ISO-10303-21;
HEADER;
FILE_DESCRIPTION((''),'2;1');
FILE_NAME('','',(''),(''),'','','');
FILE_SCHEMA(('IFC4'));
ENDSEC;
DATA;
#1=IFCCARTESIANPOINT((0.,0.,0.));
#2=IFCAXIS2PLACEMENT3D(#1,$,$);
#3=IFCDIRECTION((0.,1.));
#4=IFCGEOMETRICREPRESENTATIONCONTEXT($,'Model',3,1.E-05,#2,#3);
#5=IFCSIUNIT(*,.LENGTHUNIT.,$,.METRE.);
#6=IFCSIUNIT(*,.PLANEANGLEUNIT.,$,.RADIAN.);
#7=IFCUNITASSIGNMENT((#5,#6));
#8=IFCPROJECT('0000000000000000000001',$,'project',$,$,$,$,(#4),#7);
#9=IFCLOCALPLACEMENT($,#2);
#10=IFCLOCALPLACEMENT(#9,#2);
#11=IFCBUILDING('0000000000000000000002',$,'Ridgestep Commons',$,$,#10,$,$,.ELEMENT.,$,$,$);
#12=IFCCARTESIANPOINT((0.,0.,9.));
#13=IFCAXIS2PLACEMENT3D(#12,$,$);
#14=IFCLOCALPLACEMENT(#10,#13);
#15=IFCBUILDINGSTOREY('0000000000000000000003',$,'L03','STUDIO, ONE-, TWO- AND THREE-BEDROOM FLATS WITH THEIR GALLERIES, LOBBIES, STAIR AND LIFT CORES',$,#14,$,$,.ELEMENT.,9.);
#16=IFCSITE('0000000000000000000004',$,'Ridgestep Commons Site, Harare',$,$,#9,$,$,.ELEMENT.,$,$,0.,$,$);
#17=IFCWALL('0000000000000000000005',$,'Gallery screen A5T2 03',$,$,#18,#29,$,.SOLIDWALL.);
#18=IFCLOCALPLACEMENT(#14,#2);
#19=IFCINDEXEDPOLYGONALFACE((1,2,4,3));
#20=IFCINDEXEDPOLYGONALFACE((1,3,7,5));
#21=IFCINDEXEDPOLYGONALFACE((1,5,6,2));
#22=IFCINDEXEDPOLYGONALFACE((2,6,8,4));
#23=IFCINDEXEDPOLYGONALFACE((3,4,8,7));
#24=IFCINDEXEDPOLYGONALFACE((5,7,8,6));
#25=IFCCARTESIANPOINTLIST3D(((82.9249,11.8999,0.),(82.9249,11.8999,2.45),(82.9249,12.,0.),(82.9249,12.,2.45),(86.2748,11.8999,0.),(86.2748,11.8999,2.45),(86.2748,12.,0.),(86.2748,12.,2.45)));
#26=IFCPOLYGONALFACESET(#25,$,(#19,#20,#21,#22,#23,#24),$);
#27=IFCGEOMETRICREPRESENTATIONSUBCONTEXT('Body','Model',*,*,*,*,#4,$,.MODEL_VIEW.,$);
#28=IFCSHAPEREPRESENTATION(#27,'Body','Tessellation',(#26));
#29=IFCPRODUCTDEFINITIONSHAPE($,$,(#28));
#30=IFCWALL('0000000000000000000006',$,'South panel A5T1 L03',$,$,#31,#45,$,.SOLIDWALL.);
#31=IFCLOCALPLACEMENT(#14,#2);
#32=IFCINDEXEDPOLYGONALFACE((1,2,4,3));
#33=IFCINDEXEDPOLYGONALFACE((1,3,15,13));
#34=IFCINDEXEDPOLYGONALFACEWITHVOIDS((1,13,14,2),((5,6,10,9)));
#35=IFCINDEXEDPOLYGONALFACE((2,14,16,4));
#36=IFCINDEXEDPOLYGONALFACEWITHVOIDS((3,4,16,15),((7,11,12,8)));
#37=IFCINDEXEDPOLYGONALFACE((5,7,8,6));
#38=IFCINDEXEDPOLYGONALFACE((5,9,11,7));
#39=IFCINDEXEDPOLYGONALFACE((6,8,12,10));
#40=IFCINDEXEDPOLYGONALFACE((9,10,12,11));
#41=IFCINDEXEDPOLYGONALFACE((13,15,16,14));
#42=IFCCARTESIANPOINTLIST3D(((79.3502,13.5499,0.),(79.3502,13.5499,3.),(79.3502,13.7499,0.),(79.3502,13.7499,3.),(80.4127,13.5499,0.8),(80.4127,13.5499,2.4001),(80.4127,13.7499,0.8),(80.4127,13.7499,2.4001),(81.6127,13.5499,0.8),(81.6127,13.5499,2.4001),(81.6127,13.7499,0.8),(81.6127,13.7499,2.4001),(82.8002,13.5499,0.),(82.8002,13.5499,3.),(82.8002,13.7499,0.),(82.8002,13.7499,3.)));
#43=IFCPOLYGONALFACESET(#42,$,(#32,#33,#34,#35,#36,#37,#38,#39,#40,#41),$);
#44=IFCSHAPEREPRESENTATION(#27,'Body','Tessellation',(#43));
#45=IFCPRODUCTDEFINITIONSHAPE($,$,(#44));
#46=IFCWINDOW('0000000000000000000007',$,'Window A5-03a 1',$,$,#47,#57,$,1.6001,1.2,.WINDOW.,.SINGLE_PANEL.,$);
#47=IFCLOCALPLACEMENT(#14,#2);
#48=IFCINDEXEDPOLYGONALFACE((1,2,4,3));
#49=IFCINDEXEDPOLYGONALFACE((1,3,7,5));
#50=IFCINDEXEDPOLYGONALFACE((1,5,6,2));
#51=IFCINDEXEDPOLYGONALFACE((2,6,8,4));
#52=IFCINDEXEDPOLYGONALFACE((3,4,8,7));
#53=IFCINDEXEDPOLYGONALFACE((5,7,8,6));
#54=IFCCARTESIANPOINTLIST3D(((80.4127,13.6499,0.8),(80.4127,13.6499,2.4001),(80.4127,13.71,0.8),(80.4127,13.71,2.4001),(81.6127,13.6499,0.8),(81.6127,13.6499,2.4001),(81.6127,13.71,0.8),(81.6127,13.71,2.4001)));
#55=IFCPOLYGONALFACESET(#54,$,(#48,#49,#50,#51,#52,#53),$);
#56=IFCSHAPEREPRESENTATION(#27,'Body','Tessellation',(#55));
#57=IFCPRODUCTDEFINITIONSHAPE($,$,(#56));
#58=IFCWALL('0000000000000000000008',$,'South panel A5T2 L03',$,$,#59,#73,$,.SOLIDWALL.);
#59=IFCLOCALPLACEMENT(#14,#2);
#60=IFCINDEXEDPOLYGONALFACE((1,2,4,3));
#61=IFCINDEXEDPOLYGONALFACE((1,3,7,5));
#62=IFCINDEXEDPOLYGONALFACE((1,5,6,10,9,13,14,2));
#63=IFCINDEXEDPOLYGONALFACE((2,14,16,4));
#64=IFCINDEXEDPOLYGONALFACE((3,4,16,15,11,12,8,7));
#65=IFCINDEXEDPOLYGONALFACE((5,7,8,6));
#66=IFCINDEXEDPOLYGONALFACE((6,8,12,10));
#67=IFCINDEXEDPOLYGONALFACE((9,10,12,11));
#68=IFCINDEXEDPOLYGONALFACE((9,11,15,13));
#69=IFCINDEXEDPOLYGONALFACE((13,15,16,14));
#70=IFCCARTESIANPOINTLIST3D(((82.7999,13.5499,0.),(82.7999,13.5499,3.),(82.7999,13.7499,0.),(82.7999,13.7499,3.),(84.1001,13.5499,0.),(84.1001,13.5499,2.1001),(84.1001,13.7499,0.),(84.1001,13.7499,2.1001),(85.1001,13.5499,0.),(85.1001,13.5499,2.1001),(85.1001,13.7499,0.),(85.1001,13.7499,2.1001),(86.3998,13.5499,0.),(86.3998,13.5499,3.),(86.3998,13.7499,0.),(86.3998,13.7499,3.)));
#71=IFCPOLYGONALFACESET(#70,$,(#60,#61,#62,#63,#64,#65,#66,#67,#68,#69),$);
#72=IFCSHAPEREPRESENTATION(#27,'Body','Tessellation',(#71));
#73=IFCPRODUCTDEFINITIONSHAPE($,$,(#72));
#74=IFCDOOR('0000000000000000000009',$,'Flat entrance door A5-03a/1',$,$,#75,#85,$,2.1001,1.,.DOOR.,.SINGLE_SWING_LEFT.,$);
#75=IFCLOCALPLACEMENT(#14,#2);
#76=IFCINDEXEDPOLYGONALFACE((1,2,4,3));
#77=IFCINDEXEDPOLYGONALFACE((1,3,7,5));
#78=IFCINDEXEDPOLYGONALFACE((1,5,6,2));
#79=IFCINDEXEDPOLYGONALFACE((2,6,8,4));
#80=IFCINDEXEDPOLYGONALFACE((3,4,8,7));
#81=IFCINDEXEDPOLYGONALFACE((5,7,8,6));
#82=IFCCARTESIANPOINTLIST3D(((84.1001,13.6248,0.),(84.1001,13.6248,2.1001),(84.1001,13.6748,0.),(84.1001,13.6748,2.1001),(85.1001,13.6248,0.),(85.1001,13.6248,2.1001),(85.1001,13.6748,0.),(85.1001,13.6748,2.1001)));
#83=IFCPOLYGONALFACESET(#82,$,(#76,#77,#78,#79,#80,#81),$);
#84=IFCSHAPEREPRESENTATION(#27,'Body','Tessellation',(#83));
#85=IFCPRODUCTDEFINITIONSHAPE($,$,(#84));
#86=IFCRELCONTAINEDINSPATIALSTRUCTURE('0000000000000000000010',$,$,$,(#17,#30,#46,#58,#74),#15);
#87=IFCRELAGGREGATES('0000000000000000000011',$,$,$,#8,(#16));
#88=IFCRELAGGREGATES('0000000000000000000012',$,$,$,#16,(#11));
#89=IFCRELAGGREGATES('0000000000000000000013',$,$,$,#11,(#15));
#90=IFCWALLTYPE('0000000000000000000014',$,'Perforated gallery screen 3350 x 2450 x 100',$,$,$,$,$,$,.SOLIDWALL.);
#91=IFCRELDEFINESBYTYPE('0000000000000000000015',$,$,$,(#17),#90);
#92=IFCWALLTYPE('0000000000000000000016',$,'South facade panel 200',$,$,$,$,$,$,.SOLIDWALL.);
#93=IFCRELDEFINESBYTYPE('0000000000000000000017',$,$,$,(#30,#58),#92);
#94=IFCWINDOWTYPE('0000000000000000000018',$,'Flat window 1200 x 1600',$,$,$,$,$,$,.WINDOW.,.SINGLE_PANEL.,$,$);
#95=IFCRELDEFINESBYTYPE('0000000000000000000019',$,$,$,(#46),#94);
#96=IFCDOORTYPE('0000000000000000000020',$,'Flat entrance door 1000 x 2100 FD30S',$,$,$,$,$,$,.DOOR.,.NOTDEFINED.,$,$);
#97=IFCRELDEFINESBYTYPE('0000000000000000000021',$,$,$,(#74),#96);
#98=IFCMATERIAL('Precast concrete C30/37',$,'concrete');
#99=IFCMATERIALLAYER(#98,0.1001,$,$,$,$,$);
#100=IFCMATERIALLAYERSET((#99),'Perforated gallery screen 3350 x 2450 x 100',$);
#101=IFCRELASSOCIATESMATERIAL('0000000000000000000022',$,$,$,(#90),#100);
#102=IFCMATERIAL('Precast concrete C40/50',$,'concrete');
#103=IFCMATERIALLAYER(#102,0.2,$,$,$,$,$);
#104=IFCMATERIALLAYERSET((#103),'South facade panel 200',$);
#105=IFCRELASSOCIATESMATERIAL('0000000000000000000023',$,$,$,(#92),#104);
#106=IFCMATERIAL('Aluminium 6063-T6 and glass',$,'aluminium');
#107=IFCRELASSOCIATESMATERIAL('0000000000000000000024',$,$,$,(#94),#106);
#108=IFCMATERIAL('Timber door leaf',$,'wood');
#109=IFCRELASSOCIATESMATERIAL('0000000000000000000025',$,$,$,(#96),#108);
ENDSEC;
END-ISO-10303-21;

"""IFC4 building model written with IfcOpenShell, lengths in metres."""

from ifc_helpers import new_model, si_unit, direction, frame, frame_2d, origin, place, context, subcontext, project, spatial, rectangle, extrude, material, layer, layer_set, type_object, element, fill, save


model = new_model("IFC4")

# Units and contexts
model_context = context("Model", 3, precision=1e-05, world=origin(), true_north=direction((0.0, 1.0)))
body_context = subcontext(model_context, "Body", "Model", "MODEL_VIEW")
ifc_project = project(units=[si_unit("LENGTHUNIT", "METRE"), si_unit("PLANEANGLEUNIT", "RADIAN")], contexts=[model_context])

# Site, building, storey
site_placement = place(None, origin())
site = spatial("IfcSite", under=ifc_project, at=site_placement, Name="Ridgestep Commons Site, Harare", CompositionType="ELEMENT", RefElevation=0.0)
building_placement = place(site_placement, origin())
building = spatial("IfcBuilding", under=site, at=building_placement, Name="Ridgestep Commons", CompositionType="ELEMENT")
storey_placement = place(building_placement, frame((0.0, 0.0, 9.0)))
storey = spatial("IfcBuildingStorey", under=building, at=storey_placement, Name="L03", Description="STUDIO, ONE-, TWO- AND THREE-BEDROOM FLATS WITH THEIR GALLERIES, LOBBIES, STAIR AND LIFT CORES", CompositionType="ELEMENT", Elevation=9.0)

# Wall
ifc_material_1 = material(Name="Precast concrete C30/37", Category="concrete")
ifc_layer_1 = layer(ifc_material_1, 0.1001)
ifc_layer_set_1 = layer_set([ifc_layer_1], Name="Perforated gallery screen 3350 x 2450 x 100")
wall_type_1 = type_object("IfcWallType", Name="Perforated gallery screen 3350 x 2450 x 100", PredefinedType="SOLIDWALL", material=ifc_layer_set_1)
wall_1_placement = place(storey_placement, frame((82.925, 11.95, 0.0), z_axis=(0.0, 0.0, 1.0), x_axis=(1.0, 0.0, 0.0)))
element("IfcWall", 1, at=wall_1_placement, inside=storey, type_object=wall_type_1, Name="Gallery screen A5T2 03", PredefinedType="SOLIDWALL", context=body_context, shape_type="SweptSolid", body=[
    extrude(rectangle(XDim=3.3499, YDim=0.1001, at=frame_2d((1.6748, 0.0))), origin(), (0.0, 0.0, 1.0), 2.45),
])

# Wall, opening, window
ifc_material_2 = material(Name="Precast concrete C40/50", Category="concrete")
ifc_layer_2 = layer(ifc_material_2, 0.2)
ifc_layer_set_2 = layer_set([ifc_layer_2], Name="South facade panel 200")
wall_type_2 = type_object("IfcWallType", Name="South facade panel 200", PredefinedType="SOLIDWALL", material=ifc_layer_set_2)
wall_2_placement = place(storey_placement, frame((79.3501, 13.6499, 0.0), z_axis=(0.0, 0.0, 1.0), x_axis=(1.0, 0.0, 0.0)))
wall_2 = element("IfcWall", 2, at=wall_2_placement, inside=storey, type_object=wall_type_2, Name="South panel A5T1 L03", PredefinedType="SOLIDWALL", context=body_context, shape_type="SweptSolid", body=[
    extrude(rectangle(XDim=3.45, YDim=0.2, at=frame_2d((1.7251, 0.0))), origin(), (0.0, 0.0, 1.0), 3.0),
])
opening_1_placement = place(wall_2_placement, frame((1.0625, 0.0, 0.8)))
opening_1 = element("IfcOpeningElement", 3, at=opening_1_placement, cuts=wall_2, PredefinedType="OPENING", context=body_context, shape_type="SweptSolid", body=[
    extrude(rectangle(XDim=1.2, YDim=1.6001, at=frame_2d((0.6001, 0.8))), frame((0.0, 0.1099, 0.0), z_axis=(0.0, -1.0, 0.0), x_axis=(1.0, 0.0, 0.0)), (0.0, 0.0, 1.0), 0.22),
])
ifc_material_3 = material(Name="Aluminium 6063-T6 and glass", Category="aluminium")
window_type = type_object("IfcWindowType", Name="Flat window 1200 x 1600", PartitioningType="SINGLE_PANEL", PredefinedType="WINDOW", material=ifc_material_3)
window_placement = place(opening_1_placement, origin())
window = element("IfcWindow", 4, at=window_placement, inside=storey, type_object=window_type, Name="Window A5-03a 1", OverallHeight=1.6001, OverallWidth=1.2, PartitioningType="SINGLE_PANEL", PredefinedType="WINDOW", context=body_context, shape_type="SweptSolid", body=[
    extrude(rectangle(XDim=1.2, YDim=1.6001, at=frame_2d((0.6001, 0.8))), frame((0.0, 0.0601, 0.0), z_axis=(0.0, -1.0, 0.0), x_axis=(1.0, 0.0, 0.0)), (0.0, 0.0, 1.0), 0.0601),
])
fill(opening_1, window)

# Wall, opening, door
wall_3_placement = place(storey_placement, frame((82.8, 13.6499, 0.0), z_axis=(0.0, 0.0, 1.0), x_axis=(1.0, 0.0, 0.0)))
wall_3 = element("IfcWall", 5, at=wall_3_placement, inside=storey, type_object=wall_type_2, Name="South panel A5T2 L03", PredefinedType="SOLIDWALL", context=body_context, shape_type="SweptSolid", body=[
    extrude(rectangle(XDim=3.5999, YDim=0.2, at=frame_2d((1.7998, 0.0))), origin(), (0.0, 0.0, 1.0), 3.0),
])
opening_2_placement = place(wall_3_placement, frame((1.3, 0.0, 0.0)))
opening_2 = element("IfcOpeningElement", 6, at=opening_2_placement, cuts=wall_3, PredefinedType="OPENING", context=body_context, shape_type="SweptSolid", body=[
    extrude(rectangle(XDim=1.0, YDim=2.1001, at=frame_2d((0.5, 1.05))), frame((0.0, 0.1099, 0.0), z_axis=(0.0, -1.0, 0.0), x_axis=(1.0, 0.0, 0.0)), (0.0, 0.0, 1.0), 0.22),
])
ifc_material_4 = material(Name="Timber door leaf", Category="wood")
door_type_1 = type_object("IfcDoorType", Name="Flat entrance door 1000 x 2100 FD30S", OperationType="NOTDEFINED", PredefinedType="DOOR", material=ifc_material_4)
door_1_placement = place(opening_2_placement, origin())
door_1 = element("IfcDoor", 7, at=door_1_placement, inside=storey, type_object=door_type_1, Name="Flat entrance door A5-03a/1", OperationType="SINGLE_SWING_LEFT", OverallHeight=2.1001, OverallWidth=1.0, PredefinedType="DOOR", context=body_context, shape_type="SweptSolid", body=[
    extrude(rectangle(XDim=1.0, YDim=2.1001, at=frame_2d((0.5, 1.05))), frame((0.0, 0.0249, 0.0), z_axis=(0.0, -1.0, 0.0), x_axis=(1.0, 0.0, 0.0)), (0.0, 0.0, 1.0), 0.05),
])
fill(opening_2, door_1)

save(model, "model.ifc")
